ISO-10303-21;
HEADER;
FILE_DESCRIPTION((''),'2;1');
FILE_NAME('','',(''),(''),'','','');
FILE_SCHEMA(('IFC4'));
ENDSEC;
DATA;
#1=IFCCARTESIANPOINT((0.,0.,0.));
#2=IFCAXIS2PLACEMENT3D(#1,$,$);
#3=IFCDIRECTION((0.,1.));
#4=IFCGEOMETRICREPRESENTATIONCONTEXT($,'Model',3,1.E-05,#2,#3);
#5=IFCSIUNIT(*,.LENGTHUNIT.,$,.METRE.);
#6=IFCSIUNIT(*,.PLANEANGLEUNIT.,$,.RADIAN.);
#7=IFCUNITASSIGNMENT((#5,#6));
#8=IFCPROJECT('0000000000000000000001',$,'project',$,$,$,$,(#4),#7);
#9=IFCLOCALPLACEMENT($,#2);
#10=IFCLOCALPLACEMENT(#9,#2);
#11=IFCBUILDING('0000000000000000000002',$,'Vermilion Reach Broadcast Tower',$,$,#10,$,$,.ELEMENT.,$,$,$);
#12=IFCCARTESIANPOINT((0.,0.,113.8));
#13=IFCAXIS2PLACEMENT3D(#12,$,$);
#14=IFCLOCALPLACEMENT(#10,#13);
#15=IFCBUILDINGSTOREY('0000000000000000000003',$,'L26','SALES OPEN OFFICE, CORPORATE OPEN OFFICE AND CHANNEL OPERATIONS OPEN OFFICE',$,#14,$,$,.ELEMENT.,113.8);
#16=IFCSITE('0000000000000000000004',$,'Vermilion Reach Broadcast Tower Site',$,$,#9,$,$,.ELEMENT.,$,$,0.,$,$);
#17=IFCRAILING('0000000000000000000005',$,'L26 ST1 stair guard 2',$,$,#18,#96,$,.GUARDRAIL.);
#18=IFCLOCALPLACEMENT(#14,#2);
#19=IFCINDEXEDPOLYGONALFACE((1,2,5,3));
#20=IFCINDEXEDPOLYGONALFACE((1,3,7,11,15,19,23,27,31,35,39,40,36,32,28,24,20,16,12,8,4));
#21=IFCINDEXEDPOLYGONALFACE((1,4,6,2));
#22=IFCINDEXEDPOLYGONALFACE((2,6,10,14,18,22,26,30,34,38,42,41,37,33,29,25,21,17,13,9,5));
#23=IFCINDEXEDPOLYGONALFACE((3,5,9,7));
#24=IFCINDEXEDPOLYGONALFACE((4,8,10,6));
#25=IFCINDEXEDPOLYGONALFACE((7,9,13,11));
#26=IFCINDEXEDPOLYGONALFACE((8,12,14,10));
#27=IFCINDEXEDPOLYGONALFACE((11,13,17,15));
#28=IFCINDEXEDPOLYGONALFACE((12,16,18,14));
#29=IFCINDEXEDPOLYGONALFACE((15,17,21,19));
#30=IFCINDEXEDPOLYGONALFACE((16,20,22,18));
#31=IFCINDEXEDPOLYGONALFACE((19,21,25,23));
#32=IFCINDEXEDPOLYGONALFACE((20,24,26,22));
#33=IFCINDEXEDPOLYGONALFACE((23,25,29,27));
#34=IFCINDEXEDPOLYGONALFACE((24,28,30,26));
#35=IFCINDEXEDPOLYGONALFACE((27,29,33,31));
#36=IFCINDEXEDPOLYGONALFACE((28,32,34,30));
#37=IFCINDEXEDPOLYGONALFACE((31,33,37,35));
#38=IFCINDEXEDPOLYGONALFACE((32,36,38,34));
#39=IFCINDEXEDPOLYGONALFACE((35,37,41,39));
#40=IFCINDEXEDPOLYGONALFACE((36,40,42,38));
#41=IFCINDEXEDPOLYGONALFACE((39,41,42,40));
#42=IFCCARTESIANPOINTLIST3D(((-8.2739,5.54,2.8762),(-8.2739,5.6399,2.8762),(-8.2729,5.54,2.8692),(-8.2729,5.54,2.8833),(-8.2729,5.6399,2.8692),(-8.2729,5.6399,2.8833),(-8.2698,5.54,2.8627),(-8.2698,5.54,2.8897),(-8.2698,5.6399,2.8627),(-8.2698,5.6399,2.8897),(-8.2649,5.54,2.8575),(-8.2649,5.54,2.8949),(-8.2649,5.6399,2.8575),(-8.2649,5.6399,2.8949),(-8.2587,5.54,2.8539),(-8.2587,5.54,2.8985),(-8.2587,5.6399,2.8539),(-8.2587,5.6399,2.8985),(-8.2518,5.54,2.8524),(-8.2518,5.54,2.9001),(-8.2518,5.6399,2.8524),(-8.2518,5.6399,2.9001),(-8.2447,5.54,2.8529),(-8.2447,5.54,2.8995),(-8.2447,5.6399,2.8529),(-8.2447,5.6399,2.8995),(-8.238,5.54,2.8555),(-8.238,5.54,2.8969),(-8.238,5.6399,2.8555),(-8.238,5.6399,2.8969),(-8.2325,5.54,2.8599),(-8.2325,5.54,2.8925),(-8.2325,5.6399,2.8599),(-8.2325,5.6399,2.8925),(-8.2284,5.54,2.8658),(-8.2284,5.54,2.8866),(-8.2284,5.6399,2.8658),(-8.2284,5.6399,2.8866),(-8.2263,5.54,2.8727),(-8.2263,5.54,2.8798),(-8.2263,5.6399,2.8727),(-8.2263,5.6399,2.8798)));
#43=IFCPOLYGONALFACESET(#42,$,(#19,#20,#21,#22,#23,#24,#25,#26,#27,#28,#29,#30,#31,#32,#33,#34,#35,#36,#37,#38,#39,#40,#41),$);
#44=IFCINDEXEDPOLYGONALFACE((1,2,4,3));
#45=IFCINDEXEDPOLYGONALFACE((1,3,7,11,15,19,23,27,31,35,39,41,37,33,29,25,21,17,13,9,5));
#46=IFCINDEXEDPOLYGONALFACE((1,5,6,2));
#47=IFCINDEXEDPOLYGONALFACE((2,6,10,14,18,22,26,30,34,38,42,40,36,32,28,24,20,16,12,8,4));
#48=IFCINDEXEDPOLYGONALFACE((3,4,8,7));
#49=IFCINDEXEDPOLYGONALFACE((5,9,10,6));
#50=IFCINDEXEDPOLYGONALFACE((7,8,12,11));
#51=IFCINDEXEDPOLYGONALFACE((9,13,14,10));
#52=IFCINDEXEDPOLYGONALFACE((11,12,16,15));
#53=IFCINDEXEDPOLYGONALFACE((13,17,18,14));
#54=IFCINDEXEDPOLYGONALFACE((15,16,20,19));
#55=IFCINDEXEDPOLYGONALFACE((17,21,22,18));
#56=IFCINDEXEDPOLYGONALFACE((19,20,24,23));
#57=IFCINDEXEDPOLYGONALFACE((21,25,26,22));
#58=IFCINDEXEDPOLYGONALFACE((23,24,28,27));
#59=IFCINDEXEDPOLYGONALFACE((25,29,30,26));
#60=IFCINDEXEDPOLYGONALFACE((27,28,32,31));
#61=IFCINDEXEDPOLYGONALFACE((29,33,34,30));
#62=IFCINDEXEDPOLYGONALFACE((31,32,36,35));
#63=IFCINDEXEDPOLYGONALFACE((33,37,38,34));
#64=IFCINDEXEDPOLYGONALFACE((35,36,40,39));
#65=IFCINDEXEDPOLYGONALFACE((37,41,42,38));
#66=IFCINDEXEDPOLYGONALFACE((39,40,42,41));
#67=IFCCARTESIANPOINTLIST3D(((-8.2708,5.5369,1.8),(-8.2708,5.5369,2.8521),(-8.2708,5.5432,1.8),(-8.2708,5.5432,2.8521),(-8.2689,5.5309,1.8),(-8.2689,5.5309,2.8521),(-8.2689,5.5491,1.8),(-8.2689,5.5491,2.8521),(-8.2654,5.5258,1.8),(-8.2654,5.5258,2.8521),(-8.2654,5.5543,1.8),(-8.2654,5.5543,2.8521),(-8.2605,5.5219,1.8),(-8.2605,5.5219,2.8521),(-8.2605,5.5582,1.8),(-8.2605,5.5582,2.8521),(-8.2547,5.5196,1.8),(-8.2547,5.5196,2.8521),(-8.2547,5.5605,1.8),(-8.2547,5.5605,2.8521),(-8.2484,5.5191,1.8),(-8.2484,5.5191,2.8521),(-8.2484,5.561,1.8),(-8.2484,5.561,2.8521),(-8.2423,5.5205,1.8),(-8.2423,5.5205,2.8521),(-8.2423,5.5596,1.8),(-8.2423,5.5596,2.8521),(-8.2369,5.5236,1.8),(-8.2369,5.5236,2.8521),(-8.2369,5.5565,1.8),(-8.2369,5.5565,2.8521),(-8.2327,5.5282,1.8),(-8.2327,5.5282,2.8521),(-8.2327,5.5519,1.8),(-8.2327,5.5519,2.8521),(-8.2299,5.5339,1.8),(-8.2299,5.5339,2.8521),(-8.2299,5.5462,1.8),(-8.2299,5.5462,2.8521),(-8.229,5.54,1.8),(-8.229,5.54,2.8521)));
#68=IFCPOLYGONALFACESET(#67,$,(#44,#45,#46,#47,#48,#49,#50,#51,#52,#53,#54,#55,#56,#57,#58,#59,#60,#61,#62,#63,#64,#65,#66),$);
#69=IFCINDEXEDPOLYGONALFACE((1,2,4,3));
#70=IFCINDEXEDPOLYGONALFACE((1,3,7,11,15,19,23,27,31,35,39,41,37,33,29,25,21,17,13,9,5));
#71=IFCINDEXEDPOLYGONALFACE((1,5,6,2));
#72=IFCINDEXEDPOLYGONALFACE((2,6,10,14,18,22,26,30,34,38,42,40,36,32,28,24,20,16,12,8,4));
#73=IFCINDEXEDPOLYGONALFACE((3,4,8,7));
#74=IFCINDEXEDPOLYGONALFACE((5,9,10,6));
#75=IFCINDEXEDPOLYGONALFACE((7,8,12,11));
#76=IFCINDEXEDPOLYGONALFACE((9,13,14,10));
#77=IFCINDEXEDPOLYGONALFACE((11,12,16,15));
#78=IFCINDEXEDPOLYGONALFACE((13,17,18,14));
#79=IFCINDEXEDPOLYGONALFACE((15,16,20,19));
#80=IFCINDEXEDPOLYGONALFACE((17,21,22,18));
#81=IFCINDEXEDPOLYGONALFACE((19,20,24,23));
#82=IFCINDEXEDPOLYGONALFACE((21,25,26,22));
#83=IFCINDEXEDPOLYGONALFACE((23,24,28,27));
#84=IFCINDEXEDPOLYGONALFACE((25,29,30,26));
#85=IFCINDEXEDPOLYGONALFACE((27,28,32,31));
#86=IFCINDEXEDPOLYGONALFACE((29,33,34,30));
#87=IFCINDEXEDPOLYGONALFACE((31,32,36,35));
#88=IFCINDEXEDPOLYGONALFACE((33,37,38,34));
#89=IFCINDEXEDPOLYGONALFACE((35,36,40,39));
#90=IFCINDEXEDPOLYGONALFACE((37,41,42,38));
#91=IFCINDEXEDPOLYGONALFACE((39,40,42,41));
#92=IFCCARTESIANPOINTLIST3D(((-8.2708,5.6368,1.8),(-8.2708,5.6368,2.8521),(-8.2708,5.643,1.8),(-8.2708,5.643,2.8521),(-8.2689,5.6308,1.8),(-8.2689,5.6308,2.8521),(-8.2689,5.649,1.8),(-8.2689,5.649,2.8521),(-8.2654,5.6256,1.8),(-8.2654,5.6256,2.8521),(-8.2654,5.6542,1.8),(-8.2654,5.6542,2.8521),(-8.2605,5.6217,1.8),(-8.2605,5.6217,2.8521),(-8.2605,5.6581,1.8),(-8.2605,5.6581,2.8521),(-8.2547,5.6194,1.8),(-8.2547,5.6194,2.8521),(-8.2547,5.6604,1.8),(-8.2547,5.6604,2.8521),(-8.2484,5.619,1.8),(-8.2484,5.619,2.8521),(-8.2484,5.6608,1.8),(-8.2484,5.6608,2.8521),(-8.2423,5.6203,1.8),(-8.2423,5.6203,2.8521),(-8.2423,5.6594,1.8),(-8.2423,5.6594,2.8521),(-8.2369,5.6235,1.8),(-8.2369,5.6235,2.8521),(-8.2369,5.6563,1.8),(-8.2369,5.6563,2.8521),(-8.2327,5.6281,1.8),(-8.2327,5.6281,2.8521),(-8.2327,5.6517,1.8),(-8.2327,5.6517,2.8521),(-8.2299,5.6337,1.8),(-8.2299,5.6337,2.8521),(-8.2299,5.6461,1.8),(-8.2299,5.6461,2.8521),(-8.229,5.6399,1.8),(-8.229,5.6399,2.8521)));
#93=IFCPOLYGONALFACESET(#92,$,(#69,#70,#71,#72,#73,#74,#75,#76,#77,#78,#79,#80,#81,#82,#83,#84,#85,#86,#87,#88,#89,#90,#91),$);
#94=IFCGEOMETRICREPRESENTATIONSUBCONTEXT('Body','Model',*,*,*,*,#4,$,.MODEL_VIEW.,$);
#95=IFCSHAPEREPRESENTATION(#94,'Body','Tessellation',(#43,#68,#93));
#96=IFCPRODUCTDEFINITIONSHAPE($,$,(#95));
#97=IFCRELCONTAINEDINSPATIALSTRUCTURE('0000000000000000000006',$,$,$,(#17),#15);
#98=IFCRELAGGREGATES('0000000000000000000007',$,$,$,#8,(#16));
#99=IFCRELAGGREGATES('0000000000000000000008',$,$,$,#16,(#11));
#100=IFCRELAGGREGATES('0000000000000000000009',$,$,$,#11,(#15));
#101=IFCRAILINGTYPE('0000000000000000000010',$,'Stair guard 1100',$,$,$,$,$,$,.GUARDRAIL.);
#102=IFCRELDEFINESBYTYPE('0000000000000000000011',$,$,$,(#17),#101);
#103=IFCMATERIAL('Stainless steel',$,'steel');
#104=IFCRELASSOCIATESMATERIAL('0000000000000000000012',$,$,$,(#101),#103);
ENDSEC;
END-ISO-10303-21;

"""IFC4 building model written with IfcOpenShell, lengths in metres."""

from ifc_helpers import new_model, si_unit, direction, frame, origin, origin_2d, place, context, subcontext, project, spatial, circle, extrude, material, type_object, element, save


model = new_model("IFC4")

# Units and contexts
model_context = context("Model", 3, precision=1e-05, world=origin(), true_north=direction((0.0, 1.0)))
body_context = subcontext(model_context, "Body", "Model", "MODEL_VIEW")
ifc_project = project(units=[si_unit("LENGTHUNIT", "METRE"), si_unit("PLANEANGLEUNIT", "RADIAN")], contexts=[model_context])

# Site, building, storey
site_placement = place(None, origin())
site = spatial("IfcSite", under=ifc_project, at=site_placement, Name="Vermilion Reach Broadcast Tower Site", CompositionType="ELEMENT", RefElevation=0.0)
building_placement = place(site_placement, origin())
building = spatial("IfcBuilding", under=site, at=building_placement, Name="Vermilion Reach Broadcast Tower", CompositionType="ELEMENT")
storey_placement = place(building_placement, frame((0.0, 0.0, 113.8)))
storey = spatial("IfcBuildingStorey", under=building, at=storey_placement, Name="L26", Description="SALES OPEN OFFICE, CORPORATE OPEN OFFICE AND CHANNEL OPERATIONS OPEN OFFICE", CompositionType="ELEMENT", Elevation=113.8)

# Railing
ifc_material_1 = material(Name="Stainless steel", Category="steel")
railing_type_1 = type_object("IfcRailingType", Name="Stair guard 1100", PredefinedType="GUARDRAIL", material=ifc_material_1)
railing_1_placement = place(storey_placement, frame((-8.25, 5.54, 1.8)))
element("IfcRailing", 1, at=railing_1_placement, inside=storey, type_object=railing_type_1, Name="L26 ST1 stair guard 2", PredefinedType="GUARDRAIL", context=body_context, shape_type="SweptSolid", body=[
    extrude(circle(Radius=0.0239, at=origin_2d()), frame((0.0, 0.0, 1.0762), z_axis=(0.0, 1.0, 0.0), x_axis=(-1.0, 0.0, 0.0)), (0.0, 0.0, 1.0), 0.0999),
    extrude(circle(Radius=0.021, at=origin_2d()), origin(), (0.0, 0.0, 1.0), 1.052),
    extrude(circle(Radius=0.021, at=origin_2d()), frame((0.0, 0.0999, 0.0)), (0.0, 0.0, 1.0), 1.052),
])

save(model, "model.ifc")
